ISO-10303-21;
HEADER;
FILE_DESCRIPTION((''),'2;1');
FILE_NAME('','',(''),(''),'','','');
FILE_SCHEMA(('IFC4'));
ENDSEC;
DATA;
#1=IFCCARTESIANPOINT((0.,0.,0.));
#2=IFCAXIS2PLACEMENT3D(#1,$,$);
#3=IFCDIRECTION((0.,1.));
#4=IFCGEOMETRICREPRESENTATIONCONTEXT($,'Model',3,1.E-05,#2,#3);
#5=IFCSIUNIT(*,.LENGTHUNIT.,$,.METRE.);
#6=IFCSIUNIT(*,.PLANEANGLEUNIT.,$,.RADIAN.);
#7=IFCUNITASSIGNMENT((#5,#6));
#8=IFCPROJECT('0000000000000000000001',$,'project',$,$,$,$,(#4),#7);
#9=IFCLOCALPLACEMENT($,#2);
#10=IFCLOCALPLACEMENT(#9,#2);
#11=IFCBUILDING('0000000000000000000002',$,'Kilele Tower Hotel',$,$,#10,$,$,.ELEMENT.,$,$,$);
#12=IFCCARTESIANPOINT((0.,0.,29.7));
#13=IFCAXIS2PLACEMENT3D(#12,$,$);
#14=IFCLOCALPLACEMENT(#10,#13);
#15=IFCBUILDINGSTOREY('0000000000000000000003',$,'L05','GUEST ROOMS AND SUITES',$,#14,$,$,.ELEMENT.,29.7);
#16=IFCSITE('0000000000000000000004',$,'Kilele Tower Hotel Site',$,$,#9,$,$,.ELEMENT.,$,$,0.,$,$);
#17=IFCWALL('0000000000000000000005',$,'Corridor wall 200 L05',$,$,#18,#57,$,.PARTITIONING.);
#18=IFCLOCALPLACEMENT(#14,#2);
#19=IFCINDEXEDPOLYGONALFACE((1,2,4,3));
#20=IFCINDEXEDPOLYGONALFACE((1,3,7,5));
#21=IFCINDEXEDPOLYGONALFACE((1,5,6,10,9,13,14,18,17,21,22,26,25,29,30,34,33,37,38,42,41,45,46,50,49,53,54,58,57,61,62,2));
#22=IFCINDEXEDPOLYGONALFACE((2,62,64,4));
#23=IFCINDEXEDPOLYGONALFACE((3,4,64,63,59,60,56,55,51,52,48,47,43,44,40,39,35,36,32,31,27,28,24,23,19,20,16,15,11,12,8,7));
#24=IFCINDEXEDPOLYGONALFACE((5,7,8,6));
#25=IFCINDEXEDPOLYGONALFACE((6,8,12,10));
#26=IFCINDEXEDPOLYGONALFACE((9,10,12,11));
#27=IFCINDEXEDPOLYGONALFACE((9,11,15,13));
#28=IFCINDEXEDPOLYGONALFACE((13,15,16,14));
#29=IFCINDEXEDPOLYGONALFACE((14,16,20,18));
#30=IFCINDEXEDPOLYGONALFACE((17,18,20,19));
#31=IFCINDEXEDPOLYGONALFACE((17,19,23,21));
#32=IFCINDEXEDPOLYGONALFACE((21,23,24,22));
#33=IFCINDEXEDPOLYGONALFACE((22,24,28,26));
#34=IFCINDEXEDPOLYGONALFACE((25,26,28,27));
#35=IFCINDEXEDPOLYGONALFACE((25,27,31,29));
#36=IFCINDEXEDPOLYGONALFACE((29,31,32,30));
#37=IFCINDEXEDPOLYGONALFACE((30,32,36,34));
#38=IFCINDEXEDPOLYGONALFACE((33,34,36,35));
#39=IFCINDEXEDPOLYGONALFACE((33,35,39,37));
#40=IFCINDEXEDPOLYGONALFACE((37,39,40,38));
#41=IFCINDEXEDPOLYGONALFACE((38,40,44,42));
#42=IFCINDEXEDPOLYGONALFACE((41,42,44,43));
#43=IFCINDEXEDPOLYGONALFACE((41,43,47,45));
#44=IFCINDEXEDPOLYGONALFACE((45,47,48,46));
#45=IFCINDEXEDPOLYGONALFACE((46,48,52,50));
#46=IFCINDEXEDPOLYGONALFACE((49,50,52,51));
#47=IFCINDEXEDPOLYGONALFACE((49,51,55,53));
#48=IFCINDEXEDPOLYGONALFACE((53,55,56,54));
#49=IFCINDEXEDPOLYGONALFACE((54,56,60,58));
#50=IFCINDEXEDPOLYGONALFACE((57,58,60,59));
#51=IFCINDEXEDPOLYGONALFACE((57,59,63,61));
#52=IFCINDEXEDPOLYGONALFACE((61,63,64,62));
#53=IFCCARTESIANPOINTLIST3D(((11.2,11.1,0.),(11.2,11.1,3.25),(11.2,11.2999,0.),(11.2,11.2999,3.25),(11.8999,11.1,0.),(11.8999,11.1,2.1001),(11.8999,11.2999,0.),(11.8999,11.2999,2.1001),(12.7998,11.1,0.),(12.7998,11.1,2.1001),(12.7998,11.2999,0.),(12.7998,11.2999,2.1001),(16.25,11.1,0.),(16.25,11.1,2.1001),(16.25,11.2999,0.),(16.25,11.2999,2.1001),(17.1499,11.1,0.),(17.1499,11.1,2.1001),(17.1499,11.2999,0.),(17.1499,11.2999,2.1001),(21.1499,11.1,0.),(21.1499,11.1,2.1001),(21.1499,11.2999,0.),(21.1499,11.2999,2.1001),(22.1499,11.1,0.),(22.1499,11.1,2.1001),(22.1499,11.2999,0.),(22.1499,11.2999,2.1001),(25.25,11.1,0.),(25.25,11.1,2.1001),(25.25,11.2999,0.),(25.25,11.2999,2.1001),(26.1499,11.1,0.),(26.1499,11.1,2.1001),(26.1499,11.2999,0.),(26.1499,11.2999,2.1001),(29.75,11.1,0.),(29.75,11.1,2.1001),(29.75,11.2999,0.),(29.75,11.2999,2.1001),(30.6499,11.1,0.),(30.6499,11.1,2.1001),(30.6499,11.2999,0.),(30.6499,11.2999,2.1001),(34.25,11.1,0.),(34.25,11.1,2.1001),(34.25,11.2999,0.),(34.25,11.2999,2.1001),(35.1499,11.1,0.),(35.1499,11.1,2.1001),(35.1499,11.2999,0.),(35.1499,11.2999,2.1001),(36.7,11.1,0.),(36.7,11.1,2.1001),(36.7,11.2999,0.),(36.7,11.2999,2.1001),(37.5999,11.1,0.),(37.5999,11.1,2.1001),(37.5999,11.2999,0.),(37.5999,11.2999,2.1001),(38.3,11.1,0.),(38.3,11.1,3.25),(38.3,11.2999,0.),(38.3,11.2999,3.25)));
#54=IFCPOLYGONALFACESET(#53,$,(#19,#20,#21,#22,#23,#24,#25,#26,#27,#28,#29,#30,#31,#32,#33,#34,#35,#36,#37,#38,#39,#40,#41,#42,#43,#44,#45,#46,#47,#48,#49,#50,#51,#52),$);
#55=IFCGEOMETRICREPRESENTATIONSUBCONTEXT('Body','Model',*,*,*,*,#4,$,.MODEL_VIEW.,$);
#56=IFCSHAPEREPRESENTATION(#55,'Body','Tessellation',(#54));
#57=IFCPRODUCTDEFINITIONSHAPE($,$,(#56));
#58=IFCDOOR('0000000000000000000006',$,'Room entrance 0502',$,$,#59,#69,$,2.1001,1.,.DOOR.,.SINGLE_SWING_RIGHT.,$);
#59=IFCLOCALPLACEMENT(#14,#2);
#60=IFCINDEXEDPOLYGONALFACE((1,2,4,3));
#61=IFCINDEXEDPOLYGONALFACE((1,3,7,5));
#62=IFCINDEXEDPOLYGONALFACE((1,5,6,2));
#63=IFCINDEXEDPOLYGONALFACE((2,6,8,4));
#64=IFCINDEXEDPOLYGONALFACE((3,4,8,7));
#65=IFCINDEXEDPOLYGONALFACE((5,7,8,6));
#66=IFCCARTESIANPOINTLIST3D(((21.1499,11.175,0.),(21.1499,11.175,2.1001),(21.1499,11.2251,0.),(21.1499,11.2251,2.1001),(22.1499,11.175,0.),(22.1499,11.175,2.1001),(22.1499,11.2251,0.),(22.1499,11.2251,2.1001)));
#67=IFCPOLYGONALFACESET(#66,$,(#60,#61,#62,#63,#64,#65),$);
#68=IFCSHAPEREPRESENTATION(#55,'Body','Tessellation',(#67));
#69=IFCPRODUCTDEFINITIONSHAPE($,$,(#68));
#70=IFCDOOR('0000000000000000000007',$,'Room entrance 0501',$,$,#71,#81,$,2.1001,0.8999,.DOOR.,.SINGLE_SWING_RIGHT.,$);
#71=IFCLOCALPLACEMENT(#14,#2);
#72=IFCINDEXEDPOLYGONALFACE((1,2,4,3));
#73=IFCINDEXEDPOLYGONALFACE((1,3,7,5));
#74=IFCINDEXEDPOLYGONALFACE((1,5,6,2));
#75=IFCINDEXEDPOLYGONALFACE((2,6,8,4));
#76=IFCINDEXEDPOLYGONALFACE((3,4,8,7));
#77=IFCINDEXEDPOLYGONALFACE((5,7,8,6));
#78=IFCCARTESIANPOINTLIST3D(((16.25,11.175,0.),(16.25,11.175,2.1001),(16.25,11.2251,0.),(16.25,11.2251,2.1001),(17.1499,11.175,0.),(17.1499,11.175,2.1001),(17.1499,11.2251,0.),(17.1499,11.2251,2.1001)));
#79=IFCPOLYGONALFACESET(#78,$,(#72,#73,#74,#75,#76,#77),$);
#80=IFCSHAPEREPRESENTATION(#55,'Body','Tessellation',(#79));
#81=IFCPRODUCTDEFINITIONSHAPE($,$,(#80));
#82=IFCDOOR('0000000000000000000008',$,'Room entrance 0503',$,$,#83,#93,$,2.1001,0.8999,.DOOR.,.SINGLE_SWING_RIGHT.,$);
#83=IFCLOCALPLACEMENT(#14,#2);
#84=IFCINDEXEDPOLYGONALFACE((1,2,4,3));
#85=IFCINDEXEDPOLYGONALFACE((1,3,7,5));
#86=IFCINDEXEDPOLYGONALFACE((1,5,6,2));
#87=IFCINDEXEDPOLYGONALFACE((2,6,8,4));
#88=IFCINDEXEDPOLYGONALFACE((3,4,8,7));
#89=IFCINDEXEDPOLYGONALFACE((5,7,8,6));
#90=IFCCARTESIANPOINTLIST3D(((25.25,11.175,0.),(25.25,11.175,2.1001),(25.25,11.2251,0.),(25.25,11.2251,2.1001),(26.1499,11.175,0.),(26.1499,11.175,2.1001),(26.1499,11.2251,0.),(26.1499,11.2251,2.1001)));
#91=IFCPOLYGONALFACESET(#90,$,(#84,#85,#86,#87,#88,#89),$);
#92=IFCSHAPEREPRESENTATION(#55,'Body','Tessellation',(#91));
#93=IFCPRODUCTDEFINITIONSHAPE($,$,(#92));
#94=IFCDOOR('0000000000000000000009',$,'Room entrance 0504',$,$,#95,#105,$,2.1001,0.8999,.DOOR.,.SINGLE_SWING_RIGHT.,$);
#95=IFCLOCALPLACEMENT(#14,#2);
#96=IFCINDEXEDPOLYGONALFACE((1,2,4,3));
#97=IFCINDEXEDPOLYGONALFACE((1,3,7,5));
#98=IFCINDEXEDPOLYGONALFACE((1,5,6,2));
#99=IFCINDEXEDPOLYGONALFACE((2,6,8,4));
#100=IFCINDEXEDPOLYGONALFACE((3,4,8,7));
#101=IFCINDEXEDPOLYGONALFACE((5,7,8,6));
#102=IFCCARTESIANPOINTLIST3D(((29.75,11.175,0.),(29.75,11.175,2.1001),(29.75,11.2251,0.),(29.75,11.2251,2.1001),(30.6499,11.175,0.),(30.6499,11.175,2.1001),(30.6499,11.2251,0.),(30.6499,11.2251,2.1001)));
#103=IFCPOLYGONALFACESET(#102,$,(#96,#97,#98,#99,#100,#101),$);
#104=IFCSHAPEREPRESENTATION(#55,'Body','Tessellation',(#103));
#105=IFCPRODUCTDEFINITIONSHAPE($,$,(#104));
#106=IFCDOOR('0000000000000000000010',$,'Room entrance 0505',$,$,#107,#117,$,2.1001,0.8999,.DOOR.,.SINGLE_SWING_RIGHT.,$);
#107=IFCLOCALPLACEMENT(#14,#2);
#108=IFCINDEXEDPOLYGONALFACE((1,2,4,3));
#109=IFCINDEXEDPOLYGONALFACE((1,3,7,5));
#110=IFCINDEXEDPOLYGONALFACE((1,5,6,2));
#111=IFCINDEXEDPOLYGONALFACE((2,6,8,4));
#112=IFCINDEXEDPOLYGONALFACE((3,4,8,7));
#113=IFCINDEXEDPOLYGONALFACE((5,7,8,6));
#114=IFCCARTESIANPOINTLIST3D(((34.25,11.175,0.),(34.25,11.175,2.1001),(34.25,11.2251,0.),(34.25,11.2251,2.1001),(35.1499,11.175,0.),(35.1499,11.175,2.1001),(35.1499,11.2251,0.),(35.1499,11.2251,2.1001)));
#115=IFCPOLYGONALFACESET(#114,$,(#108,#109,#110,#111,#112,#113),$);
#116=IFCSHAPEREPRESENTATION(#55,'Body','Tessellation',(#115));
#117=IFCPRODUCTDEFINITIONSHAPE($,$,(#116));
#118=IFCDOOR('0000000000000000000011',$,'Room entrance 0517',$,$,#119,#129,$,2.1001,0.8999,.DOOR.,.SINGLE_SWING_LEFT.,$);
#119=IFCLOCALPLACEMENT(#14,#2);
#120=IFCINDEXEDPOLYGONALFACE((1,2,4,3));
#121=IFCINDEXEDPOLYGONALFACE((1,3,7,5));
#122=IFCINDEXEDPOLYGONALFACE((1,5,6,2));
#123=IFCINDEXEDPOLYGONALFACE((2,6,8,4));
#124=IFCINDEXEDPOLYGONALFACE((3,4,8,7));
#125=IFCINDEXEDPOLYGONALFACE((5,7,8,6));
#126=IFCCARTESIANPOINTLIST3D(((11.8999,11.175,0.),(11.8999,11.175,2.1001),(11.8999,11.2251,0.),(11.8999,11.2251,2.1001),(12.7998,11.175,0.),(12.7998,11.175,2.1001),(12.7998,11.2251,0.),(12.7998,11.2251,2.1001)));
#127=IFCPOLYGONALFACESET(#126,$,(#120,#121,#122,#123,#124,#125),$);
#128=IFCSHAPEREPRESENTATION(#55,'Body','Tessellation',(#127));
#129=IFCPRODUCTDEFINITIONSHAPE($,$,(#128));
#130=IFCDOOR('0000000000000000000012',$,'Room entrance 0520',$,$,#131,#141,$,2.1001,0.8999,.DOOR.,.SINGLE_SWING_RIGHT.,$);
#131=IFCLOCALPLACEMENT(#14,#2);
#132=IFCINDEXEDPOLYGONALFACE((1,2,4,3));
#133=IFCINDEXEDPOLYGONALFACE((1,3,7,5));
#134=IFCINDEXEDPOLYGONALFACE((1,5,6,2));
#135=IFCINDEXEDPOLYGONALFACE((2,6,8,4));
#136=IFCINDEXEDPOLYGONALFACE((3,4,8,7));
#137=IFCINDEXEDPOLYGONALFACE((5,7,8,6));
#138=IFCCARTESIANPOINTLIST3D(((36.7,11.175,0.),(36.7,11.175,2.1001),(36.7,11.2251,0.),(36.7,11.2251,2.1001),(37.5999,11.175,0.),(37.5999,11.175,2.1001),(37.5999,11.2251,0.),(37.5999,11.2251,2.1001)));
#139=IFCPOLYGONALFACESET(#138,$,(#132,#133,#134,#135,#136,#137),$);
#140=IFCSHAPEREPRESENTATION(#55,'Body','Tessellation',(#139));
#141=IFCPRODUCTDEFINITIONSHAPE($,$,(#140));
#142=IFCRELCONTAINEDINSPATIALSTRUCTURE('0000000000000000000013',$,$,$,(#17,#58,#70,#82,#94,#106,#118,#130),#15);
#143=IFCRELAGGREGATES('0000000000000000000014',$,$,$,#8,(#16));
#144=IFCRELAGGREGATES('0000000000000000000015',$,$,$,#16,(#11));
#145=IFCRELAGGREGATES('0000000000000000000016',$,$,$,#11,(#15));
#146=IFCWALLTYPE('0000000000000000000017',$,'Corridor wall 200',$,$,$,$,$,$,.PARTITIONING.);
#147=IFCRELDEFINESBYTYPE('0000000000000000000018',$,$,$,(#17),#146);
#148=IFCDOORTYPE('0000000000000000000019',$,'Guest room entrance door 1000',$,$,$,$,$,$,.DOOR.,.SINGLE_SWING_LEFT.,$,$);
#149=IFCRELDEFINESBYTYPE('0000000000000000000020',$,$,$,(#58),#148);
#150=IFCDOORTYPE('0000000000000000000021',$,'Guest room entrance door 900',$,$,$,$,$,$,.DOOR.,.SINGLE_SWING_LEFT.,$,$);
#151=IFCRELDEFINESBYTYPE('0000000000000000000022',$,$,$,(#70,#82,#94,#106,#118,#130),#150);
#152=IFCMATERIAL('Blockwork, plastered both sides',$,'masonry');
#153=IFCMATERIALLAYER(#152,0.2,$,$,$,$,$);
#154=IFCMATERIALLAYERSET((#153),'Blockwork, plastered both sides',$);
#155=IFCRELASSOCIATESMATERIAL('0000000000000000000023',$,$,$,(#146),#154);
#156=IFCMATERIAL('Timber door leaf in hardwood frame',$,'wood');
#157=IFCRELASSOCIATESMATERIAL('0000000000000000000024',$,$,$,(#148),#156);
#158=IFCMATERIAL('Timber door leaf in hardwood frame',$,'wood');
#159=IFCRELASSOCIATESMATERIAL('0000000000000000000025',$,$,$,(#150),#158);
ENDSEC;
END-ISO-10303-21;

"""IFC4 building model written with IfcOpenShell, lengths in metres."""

from ifc_helpers import new_model, si_unit, direction, frame, frame_2d, origin, place, context, subcontext, project, spatial, rectangle, extrude, material, layer, layer_set, type_object, element, fill, save


model = new_model("IFC4")

# Units and contexts
model_context = context("Model", 3, precision=1e-05, world=origin(), true_north=direction((0.0, 1.0)))
body_context = subcontext(model_context, "Body", "Model", "MODEL_VIEW")
ifc_project = project(units=[si_unit("LENGTHUNIT", "METRE"), si_unit("PLANEANGLEUNIT", "RADIAN")], contexts=[model_context])

# Site, building, storey
site_placement = place(None, origin())
site = spatial("IfcSite", under=ifc_project, at=site_placement, Name="Kilele Tower Hotel Site", CompositionType="ELEMENT", RefElevation=0.0)
building_placement = place(site_placement, origin())
building = spatial("IfcBuilding", under=site, at=building_placement, Name="Kilele Tower Hotel", CompositionType="ELEMENT")
storey_placement = place(building_placement, frame((0.0, 0.0, 29.7)))
storey = spatial("IfcBuildingStorey", under=building, at=storey_placement, Name="L05", Description="GUEST ROOMS AND SUITES", CompositionType="ELEMENT", Elevation=29.7)

# Wall, openings, doors
ifc_material_1 = material(Name="Blockwork, plastered both sides", Category="masonry")
ifc_layer_1 = layer(ifc_material_1, 0.2)
ifc_layer_set_1 = layer_set([ifc_layer_1], Name="Blockwork, plastered both sides")
wall_type_1 = type_object("IfcWallType", Name="Corridor wall 200", PredefinedType="PARTITIONING", material=ifc_layer_set_1)
wall_1_placement = place(storey_placement, frame((11.2, 11.2, 0.0), z_axis=(0.0, 0.0, 1.0), x_axis=(1.0, 0.0, 0.0)))
wall_1 = element("IfcWall", 1, at=wall_1_placement, inside=storey, type_object=wall_type_1, Name="Corridor wall 200 L05", PredefinedType="PARTITIONING", context=body_context, shape_type="SweptSolid", body=[
    extrude(rectangle(XDim=27.1001, YDim=0.2, at=frame_2d((13.55, 0.0))), origin(), (0.0, 0.0, 1.0), 3.25),
])
opening_1_placement = place(wall_1_placement, frame((5.95, 0.0, 0.0), z_axis=(0.0, 0.0, 1.0), x_axis=(-1.0, 0.0, 0.0)))
opening_1 = element("IfcOpeningElement", 2, at=opening_1_placement, cuts=wall_1, PredefinedType="OPENING", context=body_context, shape_type="SweptSolid", body=[
    extrude(rectangle(XDim=0.8999, YDim=2.1001, at=frame_2d((0.45, 1.05))), frame((0.0, 0.1099, 0.0), z_axis=(0.0, -1.0, 0.0), x_axis=(1.0, 0.0, 0.0)), (0.0, 0.0, 1.0), 0.22),
])
opening_2_placement = place(wall_1_placement, frame((10.95, 0.0, 0.0), z_axis=(0.0, 0.0, 1.0), x_axis=(-1.0, 0.0, 0.0)))
opening_2 = element("IfcOpeningElement", 3, at=opening_2_placement, cuts=wall_1, PredefinedType="OPENING", context=body_context, shape_type="SweptSolid", body=[
    extrude(rectangle(XDim=1.0, YDim=2.1001, at=frame_2d((0.5, 1.05))), frame((0.0, 0.1099, 0.0), z_axis=(0.0, -1.0, 0.0), x_axis=(1.0, 0.0, 0.0)), (0.0, 0.0, 1.0), 0.22),
])
opening_3_placement = place(wall_1_placement, frame((14.95, 0.0, 0.0), z_axis=(0.0, 0.0, 1.0), x_axis=(-1.0, 0.0, 0.0)))
opening_3 = element("IfcOpeningElement", 4, at=opening_3_placement, cuts=wall_1, PredefinedType="OPENING", context=body_context, shape_type="SweptSolid", body=[
    extrude(rectangle(XDim=0.8999, YDim=2.1001, at=frame_2d((0.45, 1.05))), frame((0.0, 0.1099, 0.0), z_axis=(0.0, -1.0, 0.0), x_axis=(1.0, 0.0, 0.0)), (0.0, 0.0, 1.0), 0.22),
])
opening_4_placement = place(wall_1_placement, frame((19.45, 0.0, 0.0), z_axis=(0.0, 0.0, 1.0), x_axis=(-1.0, 0.0, 0.0)))
opening_4 = element("IfcOpeningElement", 5, at=opening_4_placement, cuts=wall_1, PredefinedType="OPENING", context=body_context, shape_type="SweptSolid", body=[
    extrude(rectangle(XDim=0.8999, YDim=2.1001, at=frame_2d((0.45, 1.05))), frame((0.0, 0.1099, 0.0), z_axis=(0.0, -1.0, 0.0), x_axis=(1.0, 0.0, 0.0)), (0.0, 0.0, 1.0), 0.22),
])
opening_5_placement = place(wall_1_placement, frame((23.95, 0.0, 0.0), z_axis=(0.0, 0.0, 1.0), x_axis=(-1.0, 0.0, 0.0)))
opening_5 = element("IfcOpeningElement", 6, at=opening_5_placement, cuts=wall_1, PredefinedType="OPENING", context=body_context, shape_type="SweptSolid", body=[
    extrude(rectangle(XDim=0.8999, YDim=2.1001, at=frame_2d((0.45, 1.05))), frame((0.0, 0.1099, 0.0), z_axis=(0.0, -1.0, 0.0), x_axis=(1.0, 0.0, 0.0)), (0.0, 0.0, 1.0), 0.22),
])
opening_6_placement = place(wall_1_placement, frame((1.5999, 0.0, 0.0), z_axis=(0.0, 0.0, 1.0), x_axis=(-1.0, 0.0, 0.0)))
opening_6 = element("IfcOpeningElement", 7, at=opening_6_placement, cuts=wall_1, PredefinedType="OPENING", context=body_context, shape_type="SweptSolid", body=[
    extrude(rectangle(XDim=0.8999, YDim=2.1001, at=frame_2d((0.45, 1.05))), frame((0.0, 0.1099, 0.0), z_axis=(0.0, -1.0, 0.0), x_axis=(1.0, 0.0, 0.0)), (0.0, 0.0, 1.0), 0.22),
])
opening_7_placement = place(wall_1_placement, frame((26.3999, 0.0, 0.0), z_axis=(0.0, 0.0, 1.0), x_axis=(-1.0, 0.0, 0.0)))
opening_7 = element("IfcOpeningElement", 8, at=opening_7_placement, cuts=wall_1, PredefinedType="OPENING", context=body_context, shape_type="SweptSolid", body=[
    extrude(rectangle(XDim=0.8999, YDim=2.1001, at=frame_2d((0.45, 1.05))), frame((0.0, 0.1099, 0.0), z_axis=(0.0, -1.0, 0.0), x_axis=(1.0, 0.0, 0.0)), (0.0, 0.0, 1.0), 0.22),
])
ifc_material_2 = material(Name="Timber door leaf in hardwood frame", Category="wood")
door_type_1 = type_object("IfcDoorType", Name="Guest room entrance door 1000", OperationType="SINGLE_SWING_LEFT", PredefinedType="DOOR", material=ifc_material_2)
door_1_placement = place(opening_2_placement, origin())
door_1 = element("IfcDoor", 9, at=door_1_placement, inside=storey, type_object=door_type_1, Name="Room entrance 0502", OperationType="SINGLE_SWING_RIGHT", OverallHeight=2.1001, OverallWidth=1.0, PredefinedType="DOOR", context=body_context, shape_type="SweptSolid", body=[
    extrude(rectangle(XDim=1.0, YDim=2.1001, at=frame_2d((0.5, 1.05))), frame((0.0, 0.0249, 0.0), z_axis=(0.0, -1.0, 0.0), x_axis=(1.0, 0.0, 0.0)), (0.0, 0.0, 1.0), 0.05),
])
fill(opening_2, door_1)
ifc_material_3 = material(Name="Timber door leaf in hardwood frame", Category="wood")
door_type_2 = type_object("IfcDoorType", Name="Guest room entrance door 900", OperationType="SINGLE_SWING_LEFT", PredefinedType="DOOR", material=ifc_material_3)
door_2_placement = place(opening_1_placement, origin())
door_2 = element("IfcDoor", 10, at=door_2_placement, inside=storey, type_object=door_type_2, Name="Room entrance 0501", OperationType="SINGLE_SWING_RIGHT", OverallHeight=2.1001, OverallWidth=0.8999, PredefinedType="DOOR", context=body_context, shape_type="SweptSolid", body=[
    extrude(rectangle(XDim=0.8999, YDim=2.1001, at=frame_2d((0.45, 1.05))), frame((0.0, 0.0249, 0.0), z_axis=(0.0, -1.0, 0.0), x_axis=(1.0, 0.0, 0.0)), (0.0, 0.0, 1.0), 0.05),
])
fill(opening_1, door_2)
door_3_placement = place(opening_3_placement, origin())
door_3 = element("IfcDoor", 11, at=door_3_placement, inside=storey, type_object=door_type_2, Name="Room entrance 0503", OperationType="SINGLE_SWING_RIGHT", OverallHeight=2.1001, OverallWidth=0.8999, PredefinedType="DOOR", context=body_context, shape_type="SweptSolid", body=[
    extrude(rectangle(XDim=0.8999, YDim=2.1001, at=frame_2d((0.45, 1.05))), frame((0.0, 0.0249, 0.0), z_axis=(0.0, -1.0, 0.0), x_axis=(1.0, 0.0, 0.0)), (0.0, 0.0, 1.0), 0.05),
])
fill(opening_3, door_3)
door_4_placement = place(opening_4_placement, origin())
door_4 = element("IfcDoor", 12, at=door_4_placement, inside=storey, type_object=door_type_2, Name="Room entrance 0504", OperationType="SINGLE_SWING_RIGHT", OverallHeight=2.1001, OverallWidth=0.8999, PredefinedType="DOOR", context=body_context, shape_type="SweptSolid", body=[
    extrude(rectangle(XDim=0.8999, YDim=2.1001, at=frame_2d((0.45, 1.05))), frame((0.0, 0.0249, 0.0), z_axis=(0.0, -1.0, 0.0), x_axis=(1.0, 0.0, 0.0)), (0.0, 0.0, 1.0), 0.05),
])
fill(opening_4, door_4)
door_5_placement = place(opening_5_placement, origin())
door_5 = element("IfcDoor", 13, at=door_5_placement, inside=storey, type_object=door_type_2, Name="Room entrance 0505", OperationType="SINGLE_SWING_RIGHT", OverallHeight=2.1001, OverallWidth=0.8999, PredefinedType="DOOR", context=body_context, shape_type="SweptSolid", body=[
    extrude(rectangle(XDim=0.8999, YDim=2.1001, at=frame_2d((0.45, 1.05))), frame((0.0, 0.0249, 0.0), z_axis=(0.0, -1.0, 0.0), x_axis=(1.0, 0.0, 0.0)), (0.0, 0.0, 1.0), 0.05),
])
fill(opening_5, door_5)
door_6_placement = place(opening_6_placement, origin())
door_6 = element("IfcDoor", 14, at=door_6_placement, inside=storey, type_object=door_type_2, Name="Room entrance 0517", OperationType="SINGLE_SWING_LEFT", OverallHeight=2.1001, OverallWidth=0.8999, PredefinedType="DOOR", context=body_context, shape_type="SweptSolid", body=[
    extrude(rectangle(XDim=0.8999, YDim=2.1001, at=frame_2d((0.45, 1.05))), frame((0.0, 0.0249, 0.0), z_axis=(0.0, -1.0, 0.0), x_axis=(1.0, 0.0, 0.0)), (0.0, 0.0, 1.0), 0.05),
])
fill(opening_6, door_6)
door_7_placement = place(opening_7_placement, origin())
door_7 = element("IfcDoor", 15, at=door_7_placement, inside=storey, type_object=door_type_2, Name="Room entrance 0520", OperationType="SINGLE_SWING_RIGHT", OverallHeight=2.1001, OverallWidth=0.8999, PredefinedType="DOOR", context=body_context, shape_type="SweptSolid", body=[
    extrude(rectangle(XDim=0.8999, YDim=2.1001, at=frame_2d((0.45, 1.05))), frame((0.0, 0.0249, 0.0), z_axis=(0.0, -1.0, 0.0), x_axis=(1.0, 0.0, 0.0)), (0.0, 0.0, 1.0), 0.05),
])
fill(opening_7, door_7)

save(model, "model.ifc")
